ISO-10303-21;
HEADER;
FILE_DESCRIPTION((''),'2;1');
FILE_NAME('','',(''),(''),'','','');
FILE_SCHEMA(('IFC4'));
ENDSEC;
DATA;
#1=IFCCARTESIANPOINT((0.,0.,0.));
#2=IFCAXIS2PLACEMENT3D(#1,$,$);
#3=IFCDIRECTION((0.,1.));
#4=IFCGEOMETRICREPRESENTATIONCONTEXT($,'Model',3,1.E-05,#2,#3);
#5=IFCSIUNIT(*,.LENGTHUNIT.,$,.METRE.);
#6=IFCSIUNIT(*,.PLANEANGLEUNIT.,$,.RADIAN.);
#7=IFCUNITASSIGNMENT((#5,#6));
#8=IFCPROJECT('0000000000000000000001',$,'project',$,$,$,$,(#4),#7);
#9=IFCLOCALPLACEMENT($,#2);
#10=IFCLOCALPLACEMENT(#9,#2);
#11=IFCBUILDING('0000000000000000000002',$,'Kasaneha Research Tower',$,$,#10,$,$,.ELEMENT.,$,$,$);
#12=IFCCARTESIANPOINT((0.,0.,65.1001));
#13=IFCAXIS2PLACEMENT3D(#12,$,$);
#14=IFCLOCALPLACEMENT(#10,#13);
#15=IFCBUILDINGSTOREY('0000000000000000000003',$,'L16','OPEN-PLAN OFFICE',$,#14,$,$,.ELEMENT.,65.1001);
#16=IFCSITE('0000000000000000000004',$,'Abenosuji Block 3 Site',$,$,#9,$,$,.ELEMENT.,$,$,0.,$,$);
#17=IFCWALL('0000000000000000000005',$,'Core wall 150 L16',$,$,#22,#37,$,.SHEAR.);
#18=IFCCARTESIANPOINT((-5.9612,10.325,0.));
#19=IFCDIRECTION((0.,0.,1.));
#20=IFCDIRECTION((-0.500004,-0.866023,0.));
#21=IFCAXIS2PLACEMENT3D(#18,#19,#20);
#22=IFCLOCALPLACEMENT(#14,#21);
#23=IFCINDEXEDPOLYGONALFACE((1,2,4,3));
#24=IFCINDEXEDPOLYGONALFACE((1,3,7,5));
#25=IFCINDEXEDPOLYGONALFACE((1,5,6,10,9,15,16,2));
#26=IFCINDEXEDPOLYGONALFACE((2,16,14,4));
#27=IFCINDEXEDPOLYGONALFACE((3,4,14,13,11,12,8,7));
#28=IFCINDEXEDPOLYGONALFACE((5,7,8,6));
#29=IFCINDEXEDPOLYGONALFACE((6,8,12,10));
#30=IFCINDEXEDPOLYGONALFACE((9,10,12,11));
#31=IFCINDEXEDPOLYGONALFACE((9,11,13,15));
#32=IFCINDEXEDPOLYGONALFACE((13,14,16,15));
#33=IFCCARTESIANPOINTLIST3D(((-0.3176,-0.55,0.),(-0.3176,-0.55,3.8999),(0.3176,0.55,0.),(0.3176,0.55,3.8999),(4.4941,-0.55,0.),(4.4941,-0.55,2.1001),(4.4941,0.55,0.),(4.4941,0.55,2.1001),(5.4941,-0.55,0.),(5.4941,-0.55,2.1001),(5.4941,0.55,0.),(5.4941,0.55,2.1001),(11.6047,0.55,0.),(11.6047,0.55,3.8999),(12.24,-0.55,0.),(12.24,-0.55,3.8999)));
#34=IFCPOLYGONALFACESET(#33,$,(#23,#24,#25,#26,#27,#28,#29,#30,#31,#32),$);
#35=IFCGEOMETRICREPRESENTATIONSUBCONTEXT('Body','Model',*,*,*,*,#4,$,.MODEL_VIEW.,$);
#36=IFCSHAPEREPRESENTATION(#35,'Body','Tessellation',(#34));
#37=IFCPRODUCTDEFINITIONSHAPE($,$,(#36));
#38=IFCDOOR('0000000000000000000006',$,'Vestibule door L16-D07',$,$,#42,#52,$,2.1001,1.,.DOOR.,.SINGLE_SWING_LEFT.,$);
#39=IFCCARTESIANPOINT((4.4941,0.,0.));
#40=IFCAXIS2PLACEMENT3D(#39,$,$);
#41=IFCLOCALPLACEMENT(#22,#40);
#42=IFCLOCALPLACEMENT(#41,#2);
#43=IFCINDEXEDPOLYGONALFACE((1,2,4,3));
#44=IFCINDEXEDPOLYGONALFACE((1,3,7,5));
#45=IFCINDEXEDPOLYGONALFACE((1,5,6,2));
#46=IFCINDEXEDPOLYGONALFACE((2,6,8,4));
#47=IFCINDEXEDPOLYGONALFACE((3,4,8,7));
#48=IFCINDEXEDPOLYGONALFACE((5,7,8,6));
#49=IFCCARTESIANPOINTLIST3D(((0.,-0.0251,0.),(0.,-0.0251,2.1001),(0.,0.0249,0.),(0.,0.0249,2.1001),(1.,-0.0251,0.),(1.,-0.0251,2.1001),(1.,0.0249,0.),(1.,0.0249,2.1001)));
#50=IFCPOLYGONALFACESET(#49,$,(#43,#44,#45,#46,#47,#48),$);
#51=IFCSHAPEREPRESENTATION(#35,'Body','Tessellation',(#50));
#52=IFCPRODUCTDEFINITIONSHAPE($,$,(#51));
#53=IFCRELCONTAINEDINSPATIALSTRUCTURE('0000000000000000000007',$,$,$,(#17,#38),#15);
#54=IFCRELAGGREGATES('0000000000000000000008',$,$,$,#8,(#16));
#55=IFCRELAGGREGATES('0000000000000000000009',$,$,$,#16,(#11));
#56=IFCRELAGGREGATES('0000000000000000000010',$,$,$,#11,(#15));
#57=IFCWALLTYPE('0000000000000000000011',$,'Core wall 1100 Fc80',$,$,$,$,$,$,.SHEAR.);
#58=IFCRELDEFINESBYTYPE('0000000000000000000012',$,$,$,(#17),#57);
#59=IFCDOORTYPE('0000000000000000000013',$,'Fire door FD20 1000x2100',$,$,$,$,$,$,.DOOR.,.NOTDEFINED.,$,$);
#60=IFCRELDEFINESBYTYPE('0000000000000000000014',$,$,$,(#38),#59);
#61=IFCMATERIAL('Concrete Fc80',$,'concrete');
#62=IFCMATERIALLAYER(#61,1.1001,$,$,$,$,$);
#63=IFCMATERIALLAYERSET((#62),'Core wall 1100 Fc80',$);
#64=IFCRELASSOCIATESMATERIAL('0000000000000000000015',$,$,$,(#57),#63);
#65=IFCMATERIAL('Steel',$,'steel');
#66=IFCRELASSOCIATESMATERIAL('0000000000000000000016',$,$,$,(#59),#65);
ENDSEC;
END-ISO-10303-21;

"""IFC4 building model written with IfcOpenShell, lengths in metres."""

from ifc_helpers import new_model, si_unit, direction, frame, frame_2d, origin, place, context, subcontext, project, spatial, polyline, rectangle, outline, extrude, material, layer, layer_set, type_object, element, fill, save


model = new_model("IFC4")

# Units and contexts
model_context = context("Model", 3, precision=1e-05, world=origin(), true_north=direction((0.0, 1.0)))
body_context = subcontext(model_context, "Body", "Model", "MODEL_VIEW")
ifc_project = project(units=[si_unit("LENGTHUNIT", "METRE"), si_unit("PLANEANGLEUNIT", "RADIAN")], contexts=[model_context])

# Site, building, storey
site_placement = place(None, origin())
site = spatial("IfcSite", under=ifc_project, at=site_placement, Name="Abenosuji Block 3 Site", CompositionType="ELEMENT", RefElevation=0.0)
building_placement = place(site_placement, origin())
building = spatial("IfcBuilding", under=site, at=building_placement, Name="Kasaneha Research Tower", CompositionType="ELEMENT")
storey_placement = place(building_placement, frame((0.0, 0.0, 65.1001)))
storey = spatial("IfcBuildingStorey", under=building, at=storey_placement, Name="L16", Description="OPEN-PLAN OFFICE", CompositionType="ELEMENT", Elevation=65.1001)

# Wall, opening, door
ifc_material_1 = material(Name="Concrete Fc80", Category="concrete")
ifc_layer_1 = layer(ifc_material_1, 1.1001)
ifc_layer_set_1 = layer_set([ifc_layer_1], Name="Core wall 1100 Fc80")
wall_type_1 = type_object("IfcWallType", Name="Core wall 1100 Fc80", PredefinedType="SHEAR", material=ifc_layer_set_1)
wall_1_placement = place(storey_placement, frame((-5.9612, 10.325, 0.0), z_axis=(0.0, 0.0, 1.0), x_axis=(-0.500004, -0.866023, 0.0)))
wall_1 = element("IfcWall", 1, at=wall_1_placement, inside=storey, type_object=wall_type_1, Name="Core wall 150 L16", PredefinedType="SHEAR", context=body_context, shape_type="SweptSolid", body=[
    extrude(outline(polyline([(-0.3176, -0.55), (4.4941, -0.55), (5.4941, -0.55), (12.24, -0.55), (11.6047, 0.55), (5.4941, 0.55), (4.4941, 0.55), (0.3176, 0.55), (-0.3176, -0.55)])), origin(), (0.0, 0.0, 1.0), 3.8999),
])
opening_1_placement = place(wall_1_placement, frame((4.4941, 0.0, 0.0)))
opening_1 = element("IfcOpeningElement", 2, at=opening_1_placement, cuts=wall_1, PredefinedType="OPENING", context=body_context, shape_type="SweptSolid", body=[
    extrude(rectangle(XDim=1.0, YDim=2.1001, at=frame_2d((0.5, 1.05))), frame((0.0, 0.5601, 0.0), z_axis=(0.0, -1.0, 0.0), x_axis=(1.0, 0.0, 0.0)), (0.0, 0.0, 1.0), 1.1201),
])
ifc_material_2 = material(Name="Steel", Category="steel")
door_type_1 = type_object("IfcDoorType", Name="Fire door FD20 1000x2100", OperationType="NOTDEFINED", PredefinedType="DOOR", material=ifc_material_2)
door_1_placement = place(opening_1_placement, origin())
door_1 = element("IfcDoor", 3, at=door_1_placement, inside=storey, type_object=door_type_1, Name="Vestibule door L16-D07", OperationType="SINGLE_SWING_LEFT", OverallHeight=2.1001, OverallWidth=1.0, PredefinedType="DOOR", context=body_context, shape_type="SweptSolid", body=[
    extrude(rectangle(XDim=1.0, YDim=2.1001, at=frame_2d((0.5, 1.05))), frame((0.0, 0.0249, 0.0), z_axis=(0.0, -1.0, 0.0), x_axis=(1.0, 0.0, 0.0)), (0.0, 0.0, 1.0), 0.05),
])
fill(opening_1, door_1)

save(model, "model.ifc")
